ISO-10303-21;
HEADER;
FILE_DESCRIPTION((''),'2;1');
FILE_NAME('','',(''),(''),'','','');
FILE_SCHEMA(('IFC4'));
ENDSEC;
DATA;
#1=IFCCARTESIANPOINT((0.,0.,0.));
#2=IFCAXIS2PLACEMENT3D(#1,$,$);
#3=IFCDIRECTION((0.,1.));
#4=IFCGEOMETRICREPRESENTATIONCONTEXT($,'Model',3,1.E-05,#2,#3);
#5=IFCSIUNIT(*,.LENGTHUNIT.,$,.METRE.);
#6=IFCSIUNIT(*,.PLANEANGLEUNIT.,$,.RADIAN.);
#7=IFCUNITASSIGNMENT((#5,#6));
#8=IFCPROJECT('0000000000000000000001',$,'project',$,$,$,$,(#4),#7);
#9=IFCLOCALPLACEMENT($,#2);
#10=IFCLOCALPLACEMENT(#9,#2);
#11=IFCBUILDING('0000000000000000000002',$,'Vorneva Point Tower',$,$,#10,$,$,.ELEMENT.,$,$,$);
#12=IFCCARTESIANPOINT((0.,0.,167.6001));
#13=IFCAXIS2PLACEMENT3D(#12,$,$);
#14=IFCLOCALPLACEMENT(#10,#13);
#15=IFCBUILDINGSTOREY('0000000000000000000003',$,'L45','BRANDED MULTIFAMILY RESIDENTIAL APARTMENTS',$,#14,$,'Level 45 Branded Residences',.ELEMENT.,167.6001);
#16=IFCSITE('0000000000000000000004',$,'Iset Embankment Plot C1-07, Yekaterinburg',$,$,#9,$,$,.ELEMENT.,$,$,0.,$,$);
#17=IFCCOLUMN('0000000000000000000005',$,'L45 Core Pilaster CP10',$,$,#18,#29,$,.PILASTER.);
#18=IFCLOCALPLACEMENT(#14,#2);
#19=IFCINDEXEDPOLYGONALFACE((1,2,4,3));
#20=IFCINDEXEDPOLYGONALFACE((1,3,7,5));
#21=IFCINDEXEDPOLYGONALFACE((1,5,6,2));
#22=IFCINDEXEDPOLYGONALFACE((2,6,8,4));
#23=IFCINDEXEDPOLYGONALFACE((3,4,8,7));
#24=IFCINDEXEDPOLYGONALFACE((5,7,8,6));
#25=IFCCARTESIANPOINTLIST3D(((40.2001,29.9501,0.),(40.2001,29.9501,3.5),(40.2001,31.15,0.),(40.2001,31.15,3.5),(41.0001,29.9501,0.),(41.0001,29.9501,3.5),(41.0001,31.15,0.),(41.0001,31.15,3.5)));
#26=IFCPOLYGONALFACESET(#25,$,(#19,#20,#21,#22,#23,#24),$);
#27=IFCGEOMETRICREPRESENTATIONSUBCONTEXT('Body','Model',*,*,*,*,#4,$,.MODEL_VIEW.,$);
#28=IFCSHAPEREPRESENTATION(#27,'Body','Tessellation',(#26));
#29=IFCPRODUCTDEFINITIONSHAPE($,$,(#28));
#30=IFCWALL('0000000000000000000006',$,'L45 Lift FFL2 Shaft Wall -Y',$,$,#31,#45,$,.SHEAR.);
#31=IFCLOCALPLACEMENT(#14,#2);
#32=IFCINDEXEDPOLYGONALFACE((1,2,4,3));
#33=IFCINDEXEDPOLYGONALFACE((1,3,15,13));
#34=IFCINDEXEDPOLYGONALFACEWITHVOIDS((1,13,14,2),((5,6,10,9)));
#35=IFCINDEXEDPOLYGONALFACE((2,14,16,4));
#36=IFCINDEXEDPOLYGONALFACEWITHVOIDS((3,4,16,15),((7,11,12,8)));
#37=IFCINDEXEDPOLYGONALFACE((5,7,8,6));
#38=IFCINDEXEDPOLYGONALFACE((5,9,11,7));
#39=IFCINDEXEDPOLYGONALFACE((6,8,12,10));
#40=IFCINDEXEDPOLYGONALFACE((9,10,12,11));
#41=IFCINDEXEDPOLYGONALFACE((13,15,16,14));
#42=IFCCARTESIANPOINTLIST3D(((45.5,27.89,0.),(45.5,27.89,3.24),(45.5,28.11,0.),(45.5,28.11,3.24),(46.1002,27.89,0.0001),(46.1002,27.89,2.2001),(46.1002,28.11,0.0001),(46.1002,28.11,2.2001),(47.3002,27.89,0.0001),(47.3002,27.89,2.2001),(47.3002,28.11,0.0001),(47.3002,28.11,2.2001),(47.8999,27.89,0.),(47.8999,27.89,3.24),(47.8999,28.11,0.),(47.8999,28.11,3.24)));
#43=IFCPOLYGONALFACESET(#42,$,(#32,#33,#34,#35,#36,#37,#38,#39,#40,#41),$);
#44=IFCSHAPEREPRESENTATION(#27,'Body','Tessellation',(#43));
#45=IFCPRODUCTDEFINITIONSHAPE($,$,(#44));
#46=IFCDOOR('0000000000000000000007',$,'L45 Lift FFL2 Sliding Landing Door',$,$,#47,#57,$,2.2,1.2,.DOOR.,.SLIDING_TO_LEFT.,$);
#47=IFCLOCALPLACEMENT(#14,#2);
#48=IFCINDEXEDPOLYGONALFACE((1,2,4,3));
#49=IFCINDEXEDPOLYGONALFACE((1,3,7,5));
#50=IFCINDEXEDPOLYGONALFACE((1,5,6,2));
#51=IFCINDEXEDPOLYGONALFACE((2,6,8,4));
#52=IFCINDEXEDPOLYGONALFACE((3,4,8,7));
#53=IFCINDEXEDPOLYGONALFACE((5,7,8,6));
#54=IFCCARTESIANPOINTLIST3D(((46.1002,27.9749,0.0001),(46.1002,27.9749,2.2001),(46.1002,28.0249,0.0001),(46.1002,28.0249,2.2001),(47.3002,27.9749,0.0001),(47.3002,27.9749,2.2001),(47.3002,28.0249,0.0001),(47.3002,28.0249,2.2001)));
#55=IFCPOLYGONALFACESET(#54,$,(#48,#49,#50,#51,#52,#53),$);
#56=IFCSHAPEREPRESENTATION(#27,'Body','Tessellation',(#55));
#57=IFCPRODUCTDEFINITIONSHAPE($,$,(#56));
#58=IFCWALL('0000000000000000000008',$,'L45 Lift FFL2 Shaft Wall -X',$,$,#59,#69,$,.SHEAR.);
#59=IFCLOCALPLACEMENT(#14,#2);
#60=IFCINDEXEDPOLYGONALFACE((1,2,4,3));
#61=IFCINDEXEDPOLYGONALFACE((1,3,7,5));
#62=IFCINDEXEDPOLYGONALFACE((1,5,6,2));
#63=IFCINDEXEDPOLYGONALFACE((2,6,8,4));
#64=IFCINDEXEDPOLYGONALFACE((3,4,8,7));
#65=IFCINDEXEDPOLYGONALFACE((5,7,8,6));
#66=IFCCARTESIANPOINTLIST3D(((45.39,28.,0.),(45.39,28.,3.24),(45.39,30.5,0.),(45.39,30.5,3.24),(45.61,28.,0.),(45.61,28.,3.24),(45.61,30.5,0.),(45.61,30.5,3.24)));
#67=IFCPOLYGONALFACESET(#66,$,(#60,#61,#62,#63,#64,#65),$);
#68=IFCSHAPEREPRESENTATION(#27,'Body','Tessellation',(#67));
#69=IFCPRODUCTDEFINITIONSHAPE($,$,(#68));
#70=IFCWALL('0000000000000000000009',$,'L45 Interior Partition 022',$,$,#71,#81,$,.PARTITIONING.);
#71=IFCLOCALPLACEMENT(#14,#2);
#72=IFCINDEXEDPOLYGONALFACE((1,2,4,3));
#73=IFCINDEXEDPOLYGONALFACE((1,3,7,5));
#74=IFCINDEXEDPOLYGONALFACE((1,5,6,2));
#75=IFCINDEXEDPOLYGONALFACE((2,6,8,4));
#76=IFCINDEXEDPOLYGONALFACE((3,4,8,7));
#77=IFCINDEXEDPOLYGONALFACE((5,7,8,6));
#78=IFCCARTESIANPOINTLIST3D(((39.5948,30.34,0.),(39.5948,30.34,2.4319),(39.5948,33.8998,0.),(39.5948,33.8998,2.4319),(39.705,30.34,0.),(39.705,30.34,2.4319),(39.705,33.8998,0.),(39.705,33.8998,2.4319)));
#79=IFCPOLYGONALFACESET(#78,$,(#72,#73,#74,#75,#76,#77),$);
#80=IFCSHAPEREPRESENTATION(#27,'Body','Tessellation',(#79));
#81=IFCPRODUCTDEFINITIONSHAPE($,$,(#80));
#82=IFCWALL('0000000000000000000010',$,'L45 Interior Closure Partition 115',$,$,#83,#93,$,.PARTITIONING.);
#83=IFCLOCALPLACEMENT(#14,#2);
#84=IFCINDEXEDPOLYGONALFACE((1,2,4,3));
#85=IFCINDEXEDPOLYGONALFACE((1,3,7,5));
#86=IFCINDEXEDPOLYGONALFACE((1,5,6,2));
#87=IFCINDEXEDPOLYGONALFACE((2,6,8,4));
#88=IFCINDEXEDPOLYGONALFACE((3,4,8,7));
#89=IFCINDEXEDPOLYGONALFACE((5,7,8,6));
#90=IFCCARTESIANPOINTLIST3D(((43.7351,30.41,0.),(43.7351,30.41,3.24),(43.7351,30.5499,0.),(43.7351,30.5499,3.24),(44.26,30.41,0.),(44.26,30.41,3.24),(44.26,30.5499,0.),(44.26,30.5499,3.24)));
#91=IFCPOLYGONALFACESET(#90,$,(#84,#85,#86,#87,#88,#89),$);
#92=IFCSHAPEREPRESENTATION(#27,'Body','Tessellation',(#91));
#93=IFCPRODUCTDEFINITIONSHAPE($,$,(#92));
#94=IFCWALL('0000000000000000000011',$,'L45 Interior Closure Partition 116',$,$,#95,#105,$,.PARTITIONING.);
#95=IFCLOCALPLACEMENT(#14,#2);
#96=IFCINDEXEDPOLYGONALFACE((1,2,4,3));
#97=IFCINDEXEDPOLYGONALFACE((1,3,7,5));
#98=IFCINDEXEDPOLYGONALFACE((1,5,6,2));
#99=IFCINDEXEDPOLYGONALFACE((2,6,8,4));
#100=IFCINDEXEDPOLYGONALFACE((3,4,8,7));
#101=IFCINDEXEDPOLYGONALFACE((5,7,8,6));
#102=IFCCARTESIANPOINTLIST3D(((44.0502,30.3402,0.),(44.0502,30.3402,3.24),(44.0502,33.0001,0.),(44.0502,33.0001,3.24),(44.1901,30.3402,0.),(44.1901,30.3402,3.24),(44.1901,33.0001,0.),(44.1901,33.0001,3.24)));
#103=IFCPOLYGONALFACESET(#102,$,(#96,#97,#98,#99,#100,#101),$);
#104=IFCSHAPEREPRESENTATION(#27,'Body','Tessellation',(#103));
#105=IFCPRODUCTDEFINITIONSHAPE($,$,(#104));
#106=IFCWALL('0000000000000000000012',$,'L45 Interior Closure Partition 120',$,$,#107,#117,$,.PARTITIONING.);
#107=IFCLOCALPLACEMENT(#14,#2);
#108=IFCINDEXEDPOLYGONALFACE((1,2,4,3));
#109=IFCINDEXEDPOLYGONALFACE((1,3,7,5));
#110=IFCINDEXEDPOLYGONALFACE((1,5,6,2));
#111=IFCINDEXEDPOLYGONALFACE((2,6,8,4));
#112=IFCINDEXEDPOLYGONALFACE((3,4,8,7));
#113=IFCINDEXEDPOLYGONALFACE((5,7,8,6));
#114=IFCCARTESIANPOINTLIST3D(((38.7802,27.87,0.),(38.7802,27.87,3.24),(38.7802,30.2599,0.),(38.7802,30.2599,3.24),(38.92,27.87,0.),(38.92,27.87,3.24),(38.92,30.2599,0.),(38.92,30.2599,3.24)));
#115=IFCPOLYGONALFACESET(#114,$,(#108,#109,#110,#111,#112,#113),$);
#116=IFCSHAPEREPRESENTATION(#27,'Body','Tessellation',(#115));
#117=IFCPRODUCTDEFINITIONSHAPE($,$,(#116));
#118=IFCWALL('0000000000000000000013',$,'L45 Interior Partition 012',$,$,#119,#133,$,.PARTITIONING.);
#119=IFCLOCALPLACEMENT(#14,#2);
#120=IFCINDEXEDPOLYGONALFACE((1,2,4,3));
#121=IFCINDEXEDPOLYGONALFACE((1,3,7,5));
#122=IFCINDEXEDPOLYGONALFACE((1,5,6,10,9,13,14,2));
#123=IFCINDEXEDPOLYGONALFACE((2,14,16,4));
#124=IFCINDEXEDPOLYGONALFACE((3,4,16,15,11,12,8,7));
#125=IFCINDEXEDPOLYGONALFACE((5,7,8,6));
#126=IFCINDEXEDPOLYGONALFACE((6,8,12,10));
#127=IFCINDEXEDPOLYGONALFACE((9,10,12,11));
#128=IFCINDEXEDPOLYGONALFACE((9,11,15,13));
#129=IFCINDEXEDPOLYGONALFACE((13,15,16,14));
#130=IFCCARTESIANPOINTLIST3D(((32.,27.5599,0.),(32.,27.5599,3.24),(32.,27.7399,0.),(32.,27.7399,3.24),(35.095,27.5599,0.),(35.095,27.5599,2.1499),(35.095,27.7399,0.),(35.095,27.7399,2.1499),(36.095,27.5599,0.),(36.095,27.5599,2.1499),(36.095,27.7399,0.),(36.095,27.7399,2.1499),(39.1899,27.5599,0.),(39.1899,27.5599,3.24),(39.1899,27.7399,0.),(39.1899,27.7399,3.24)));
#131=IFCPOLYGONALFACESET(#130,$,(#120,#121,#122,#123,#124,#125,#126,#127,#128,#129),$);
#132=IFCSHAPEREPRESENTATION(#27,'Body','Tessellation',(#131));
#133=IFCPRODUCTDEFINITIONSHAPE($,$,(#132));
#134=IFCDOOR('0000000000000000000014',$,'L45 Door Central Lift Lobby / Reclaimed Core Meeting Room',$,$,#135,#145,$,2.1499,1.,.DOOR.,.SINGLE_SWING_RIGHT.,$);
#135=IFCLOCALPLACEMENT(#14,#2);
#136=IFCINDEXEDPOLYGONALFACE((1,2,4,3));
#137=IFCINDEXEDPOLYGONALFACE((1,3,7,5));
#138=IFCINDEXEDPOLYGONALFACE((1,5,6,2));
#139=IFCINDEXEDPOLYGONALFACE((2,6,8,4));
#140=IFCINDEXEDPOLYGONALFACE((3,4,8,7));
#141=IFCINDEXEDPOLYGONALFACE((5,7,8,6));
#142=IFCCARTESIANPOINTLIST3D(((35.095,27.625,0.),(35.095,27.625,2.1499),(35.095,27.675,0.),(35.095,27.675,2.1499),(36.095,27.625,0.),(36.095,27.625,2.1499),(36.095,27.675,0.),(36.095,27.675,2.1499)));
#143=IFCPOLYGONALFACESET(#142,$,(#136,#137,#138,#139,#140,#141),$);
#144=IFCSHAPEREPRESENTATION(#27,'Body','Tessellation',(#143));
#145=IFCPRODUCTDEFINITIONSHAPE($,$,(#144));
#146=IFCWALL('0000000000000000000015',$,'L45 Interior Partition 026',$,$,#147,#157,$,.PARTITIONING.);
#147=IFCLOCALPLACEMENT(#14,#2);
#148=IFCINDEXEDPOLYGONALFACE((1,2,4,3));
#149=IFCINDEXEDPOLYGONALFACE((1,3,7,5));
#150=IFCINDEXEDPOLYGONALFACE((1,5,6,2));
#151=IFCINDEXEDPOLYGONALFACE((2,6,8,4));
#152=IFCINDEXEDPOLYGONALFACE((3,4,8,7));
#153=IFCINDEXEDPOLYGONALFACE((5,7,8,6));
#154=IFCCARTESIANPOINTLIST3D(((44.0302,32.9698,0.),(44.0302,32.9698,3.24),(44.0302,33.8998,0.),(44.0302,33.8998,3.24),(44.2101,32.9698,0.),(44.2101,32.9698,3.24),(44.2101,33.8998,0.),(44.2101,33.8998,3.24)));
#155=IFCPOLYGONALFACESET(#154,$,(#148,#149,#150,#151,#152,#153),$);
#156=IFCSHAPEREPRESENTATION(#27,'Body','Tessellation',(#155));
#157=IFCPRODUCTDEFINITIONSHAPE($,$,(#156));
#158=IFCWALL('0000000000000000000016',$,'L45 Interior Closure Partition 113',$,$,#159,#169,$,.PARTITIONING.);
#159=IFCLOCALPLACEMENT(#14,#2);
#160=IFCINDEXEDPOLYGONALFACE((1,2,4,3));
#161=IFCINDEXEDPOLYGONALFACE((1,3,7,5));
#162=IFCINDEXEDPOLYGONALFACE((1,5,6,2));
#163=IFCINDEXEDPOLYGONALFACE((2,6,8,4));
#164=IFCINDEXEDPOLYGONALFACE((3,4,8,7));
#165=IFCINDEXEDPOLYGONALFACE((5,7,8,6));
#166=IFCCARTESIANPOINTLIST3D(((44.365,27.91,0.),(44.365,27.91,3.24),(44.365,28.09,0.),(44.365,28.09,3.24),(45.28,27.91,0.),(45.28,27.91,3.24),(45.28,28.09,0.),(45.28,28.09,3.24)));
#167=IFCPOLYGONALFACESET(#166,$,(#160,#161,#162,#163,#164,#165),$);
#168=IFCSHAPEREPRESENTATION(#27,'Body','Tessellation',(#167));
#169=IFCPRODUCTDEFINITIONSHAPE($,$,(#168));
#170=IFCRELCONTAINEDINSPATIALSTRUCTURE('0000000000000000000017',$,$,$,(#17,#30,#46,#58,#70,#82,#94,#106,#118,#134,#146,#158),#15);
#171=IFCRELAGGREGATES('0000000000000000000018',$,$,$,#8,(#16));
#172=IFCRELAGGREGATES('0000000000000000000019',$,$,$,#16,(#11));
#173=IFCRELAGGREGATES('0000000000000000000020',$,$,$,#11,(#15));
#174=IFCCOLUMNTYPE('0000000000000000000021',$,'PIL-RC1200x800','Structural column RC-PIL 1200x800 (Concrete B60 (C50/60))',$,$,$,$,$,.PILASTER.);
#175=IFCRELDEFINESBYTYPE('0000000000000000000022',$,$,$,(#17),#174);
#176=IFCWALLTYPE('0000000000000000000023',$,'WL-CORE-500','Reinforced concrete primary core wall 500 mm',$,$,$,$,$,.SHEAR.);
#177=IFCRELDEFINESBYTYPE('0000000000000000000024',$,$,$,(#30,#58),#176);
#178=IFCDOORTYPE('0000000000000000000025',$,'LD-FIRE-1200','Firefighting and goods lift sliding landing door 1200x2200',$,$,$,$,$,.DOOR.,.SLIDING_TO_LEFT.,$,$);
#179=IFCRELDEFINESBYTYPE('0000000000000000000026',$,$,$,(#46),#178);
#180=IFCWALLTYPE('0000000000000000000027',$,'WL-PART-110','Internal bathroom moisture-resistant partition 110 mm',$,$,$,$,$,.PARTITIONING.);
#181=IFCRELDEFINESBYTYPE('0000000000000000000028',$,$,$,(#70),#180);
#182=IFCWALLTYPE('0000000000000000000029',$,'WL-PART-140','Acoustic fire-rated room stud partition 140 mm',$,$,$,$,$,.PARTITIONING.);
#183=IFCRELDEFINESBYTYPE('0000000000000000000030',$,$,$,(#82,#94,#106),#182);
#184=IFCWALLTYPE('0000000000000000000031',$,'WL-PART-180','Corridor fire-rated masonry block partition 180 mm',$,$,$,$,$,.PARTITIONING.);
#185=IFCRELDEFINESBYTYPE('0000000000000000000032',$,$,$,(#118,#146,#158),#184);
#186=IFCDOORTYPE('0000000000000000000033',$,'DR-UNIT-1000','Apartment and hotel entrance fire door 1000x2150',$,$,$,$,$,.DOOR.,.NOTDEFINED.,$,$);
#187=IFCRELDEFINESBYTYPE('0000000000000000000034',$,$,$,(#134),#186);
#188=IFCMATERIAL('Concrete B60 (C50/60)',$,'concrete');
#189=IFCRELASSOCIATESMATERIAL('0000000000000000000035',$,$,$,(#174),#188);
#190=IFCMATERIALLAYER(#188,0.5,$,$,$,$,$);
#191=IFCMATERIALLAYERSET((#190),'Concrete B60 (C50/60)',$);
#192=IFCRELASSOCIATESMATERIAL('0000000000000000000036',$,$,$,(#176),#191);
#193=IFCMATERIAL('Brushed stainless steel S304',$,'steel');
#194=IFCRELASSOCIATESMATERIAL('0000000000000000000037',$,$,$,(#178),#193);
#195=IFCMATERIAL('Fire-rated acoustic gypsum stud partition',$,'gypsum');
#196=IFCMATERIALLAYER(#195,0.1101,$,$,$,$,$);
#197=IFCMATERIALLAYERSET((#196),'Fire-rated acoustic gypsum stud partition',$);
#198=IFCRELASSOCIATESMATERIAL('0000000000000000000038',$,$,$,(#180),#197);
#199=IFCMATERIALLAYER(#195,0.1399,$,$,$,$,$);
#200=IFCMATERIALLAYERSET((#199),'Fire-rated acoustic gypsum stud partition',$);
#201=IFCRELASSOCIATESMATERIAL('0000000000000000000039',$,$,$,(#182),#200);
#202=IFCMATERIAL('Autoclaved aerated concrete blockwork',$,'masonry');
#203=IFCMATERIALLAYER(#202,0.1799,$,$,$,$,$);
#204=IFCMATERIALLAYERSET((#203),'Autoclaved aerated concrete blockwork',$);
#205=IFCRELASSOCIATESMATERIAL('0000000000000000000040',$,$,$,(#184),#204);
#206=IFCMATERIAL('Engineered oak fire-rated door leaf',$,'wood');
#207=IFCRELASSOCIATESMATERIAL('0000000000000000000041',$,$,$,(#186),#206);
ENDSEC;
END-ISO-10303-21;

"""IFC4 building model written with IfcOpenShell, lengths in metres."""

from ifc_helpers import new_model, si_unit, direction, frame, frame_2d, origin, origin_2d, place, context, subcontext, project, spatial, rectangle, extrude, material, layer, layer_set, material_profile, profile_set, type_object, element, fill, save


model = new_model("IFC4")

# Units and contexts
model_context = context("Model", 3, precision=1e-05, world=origin(), true_north=direction((0.0, 1.0)))
body_context = subcontext(model_context, "Body", "Model", "MODEL_VIEW")
ifc_project = project(units=[si_unit("LENGTHUNIT", "METRE"), si_unit("PLANEANGLEUNIT", "RADIAN")], contexts=[model_context])

# Site, building, storey
site_placement = place(None, origin())
site = spatial("IfcSite", under=ifc_project, at=site_placement, Name="Iset Embankment Plot C1-07, Yekaterinburg", CompositionType="ELEMENT", RefElevation=0.0)
building_placement = place(site_placement, origin())
building = spatial("IfcBuilding", under=site, at=building_placement, Name="Vorneva Point Tower", CompositionType="ELEMENT")
storey_placement = place(building_placement, frame((0.0, 0.0, 167.6001)))
storey = spatial("IfcBuildingStorey", under=building, at=storey_placement, Name="L45", Description="BRANDED MULTIFAMILY RESIDENTIAL APARTMENTS", LongName="Level 45 Branded Residences", CompositionType="ELEMENT", Elevation=167.6001)

# Column
ifc_material_1 = material(Name="Concrete B60 (C50/60)", Category="concrete")
ifc_material_profile = material_profile(ifc_material_1, rectangle(XDim=0.8, YDim=1.2, at=origin_2d()), Name="RC-PIL 1200x800")
ifc_profile_set = profile_set([ifc_material_profile], Name="Concrete B60 (C50/60)")
column_type = type_object("IfcColumnType", Name="PIL-RC1200x800", Description="Structural column RC-PIL 1200x800 (Concrete B60 (C50/60))", PredefinedType="PILASTER", material=ifc_profile_set)
column_placement = place(storey_placement, frame((40.6001, 30.55, 0.0), z_axis=(0.0, 0.0, 1.0), x_axis=(1.0, 0.0, 0.0)))
element("IfcColumn", 1, at=column_placement, inside=storey, type_object=column_type, Name="L45 Core Pilaster CP10", PredefinedType="PILASTER", context=body_context, shape_type="SweptSolid", body=[
    extrude(rectangle(XDim=0.8, YDim=1.2, at=origin_2d()), origin(), (0.0, 0.0, 1.0), 3.5),
])

# Wall, opening, door
ifc_layer_1 = layer(ifc_material_1, 0.5)
ifc_layer_set_1 = layer_set([ifc_layer_1], Name="Concrete B60 (C50/60)")
wall_type_1 = type_object("IfcWallType", Name="WL-CORE-500", Description="Reinforced concrete primary core wall 500 mm", PredefinedType="SHEAR", material=ifc_layer_set_1)
wall_1_placement = place(storey_placement, frame((45.5, 28.0, 0.0), z_axis=(0.0, 0.0, 1.0), x_axis=(1.0, 0.0, 0.0)))
wall_1 = element("IfcWall", 2, at=wall_1_placement, inside=storey, type_object=wall_type_1, Name="L45 Lift FFL2 Shaft Wall -Y", PredefinedType="SHEAR", context=body_context, shape_type="SweptSolid", body=[
    extrude(rectangle(XDim=2.3999, YDim=0.22, at=frame_2d((1.2, 0.0))), origin(), (0.0, 0.0, 1.0), 3.24),
])
opening_1_placement = place(wall_1_placement, frame((0.6001, 0.0, 0.0)))
opening_1 = element("IfcOpeningElement", 3, at=opening_1_placement, cuts=wall_1, PredefinedType="OPENING", context=body_context, shape_type="SweptSolid", body=[
    extrude(rectangle(XDim=1.2, YDim=2.2, at=frame_2d((0.6001, 1.1001))), frame((0.0, 0.125, 0.0), z_axis=(0.0, -1.0, 0.0), x_axis=(1.0, 0.0, 0.0)), (0.0, 0.0, 1.0), 0.2498),
])
ifc_material_2 = material(Name="Brushed stainless steel S304", Category="steel")
door_type_1 = type_object("IfcDoorType", Name="LD-FIRE-1200", Description="Firefighting and goods lift sliding landing door 1200x2200", OperationType="SLIDING_TO_LEFT", PredefinedType="DOOR", material=ifc_material_2)
door_1_placement = place(opening_1_placement, origin())
door_1 = element("IfcDoor", 4, at=door_1_placement, inside=storey, type_object=door_type_1, Name="L45 Lift FFL2 Sliding Landing Door", OperationType="SLIDING_TO_LEFT", OverallHeight=2.2, OverallWidth=1.2, PredefinedType="DOOR", context=body_context, shape_type="SweptSolid", body=[
    extrude(rectangle(XDim=1.2, YDim=2.2, at=frame_2d((0.6001, 1.1001))), frame((0.0, 0.0249, 0.0), z_axis=(0.0, -1.0, 0.0), x_axis=(1.0, 0.0, 0.0)), (0.0, 0.0, 1.0), 0.05),
])
fill(opening_1, door_1)

# Walls
wall_2_placement = place(storey_placement, frame((45.5, 30.5, 0.0), z_axis=(0.0, 0.0, 1.0), x_axis=(0.0, -1.0, 0.0)))
element("IfcWall", 5, at=wall_2_placement, inside=storey, type_object=wall_type_1, Name="L45 Lift FFL2 Shaft Wall -X", PredefinedType="SHEAR", context=body_context, shape_type="SweptSolid", body=[
    extrude(rectangle(XDim=2.5, YDim=0.22, at=frame_2d((1.25, 0.0))), origin(), (0.0, 0.0, 1.0), 3.24),
])
ifc_material_3 = material(Name="Fire-rated acoustic gypsum stud partition", Category="gypsum")
ifc_layer_2 = layer(ifc_material_3, 0.1101)
ifc_layer_set_2 = layer_set([ifc_layer_2], Name="Fire-rated acoustic gypsum stud partition")
wall_type_2 = type_object("IfcWallType", Name="WL-PART-110", Description="Internal bathroom moisture-resistant partition 110 mm", PredefinedType="PARTITIONING", material=ifc_layer_set_2)
wall_3_placement = place(storey_placement, frame((39.6499, 30.3401, 0.0), z_axis=(0.0, 0.0, 1.0), x_axis=(0.0, 1.0, 0.0)))
element("IfcWall", 6, at=wall_3_placement, inside=storey, type_object=wall_type_2, Name="L45 Interior Partition 022", PredefinedType="PARTITIONING", context=body_context, shape_type="SweptSolid", body=[
    extrude(rectangle(XDim=3.5598, YDim=0.1101, at=frame_2d((1.7798, 0.0))), origin(), (0.0, 0.0, 1.0), 2.4319),
])
ifc_layer_3 = layer(ifc_material_3, 0.1399)
ifc_layer_set_3 = layer_set([ifc_layer_3], Name="Fire-rated acoustic gypsum stud partition")
wall_type_3 = type_object("IfcWallType", Name="WL-PART-140", Description="Acoustic fire-rated room stud partition 140 mm", PredefinedType="PARTITIONING", material=ifc_layer_set_3)
wall_4_placement = place(storey_placement, frame((43.7351, 30.48, 0.0), z_axis=(0.0, 0.0, 1.0), x_axis=(1.0, 0.0, 0.0)))
element("IfcWall", 7, at=wall_4_placement, inside=storey, type_object=wall_type_3, Name="L45 Interior Closure Partition 115", PredefinedType="PARTITIONING", context=body_context, shape_type="SweptSolid", body=[
    extrude(rectangle(XDim=0.5249, YDim=0.1399, at=frame_2d((0.2625, 0.0))), origin(), (0.0, 0.0, 1.0), 3.24),
])
wall_5_placement = place(storey_placement, frame((44.1201, 30.3401, 0.0), z_axis=(0.0, 0.0, 1.0), x_axis=(0.0, 1.0, 0.0)))
element("IfcWall", 8, at=wall_5_placement, inside=storey, type_object=wall_type_3, Name="L45 Interior Closure Partition 116", PredefinedType="PARTITIONING", context=body_context, shape_type="SweptSolid", body=[
    extrude(rectangle(XDim=2.6599, YDim=0.1399, at=frame_2d((1.3301, 0.0))), origin(), (0.0, 0.0, 1.0), 3.24),
])
wall_6_placement = place(storey_placement, frame((38.8501, 27.8701, 0.0), z_axis=(0.0, 0.0, 1.0), x_axis=(0.0, 1.0, 0.0)))
element("IfcWall", 9, at=wall_6_placement, inside=storey, type_object=wall_type_3, Name="L45 Interior Closure Partition 120", PredefinedType="PARTITIONING", context=body_context, shape_type="SweptSolid", body=[
    extrude(rectangle(XDim=2.3899, YDim=0.1399, at=frame_2d((1.1948, 0.0))), origin(), (0.0, 0.0, 1.0), 3.24),
])

# Wall, opening, door
ifc_material_4 = material(Name="Autoclaved aerated concrete blockwork", Category="masonry")
ifc_layer_4 = layer(ifc_material_4, 0.1799)
ifc_layer_set_4 = layer_set([ifc_layer_4], Name="Autoclaved aerated concrete blockwork")
wall_type_4 = type_object("IfcWallType", Name="WL-PART-180", Description="Corridor fire-rated masonry block partition 180 mm", PredefinedType="PARTITIONING", material=ifc_layer_set_4)
wall_7_placement = place(storey_placement, frame((39.1899, 27.6499, 0.0), z_axis=(0.0, 0.0, 1.0), x_axis=(-1.0, 0.0, 0.0)))
wall_7 = element("IfcWall", 10, at=wall_7_placement, inside=storey, type_object=wall_type_4, Name="L45 Interior Partition 012", PredefinedType="PARTITIONING", context=body_context, shape_type="SweptSolid", body=[
    extrude(rectangle(XDim=7.1899, YDim=0.1799, at=frame_2d((3.595, 0.0))), origin(), (0.0, 0.0, 1.0), 3.24),
])
opening_2_placement = place(wall_7_placement, frame((3.095, 0.0, 0.0)))
opening_2 = element("IfcOpeningElement", 11, at=opening_2_placement, cuts=wall_7, PredefinedType="OPENING", context=body_context, shape_type="SweptSolid", body=[
    extrude(rectangle(XDim=1.0, YDim=2.1499, at=frame_2d((0.5, 1.075))), frame((0.0, 0.105, 0.0), z_axis=(0.0, -1.0, 0.0), x_axis=(1.0, 0.0, 0.0)), (0.0, 0.0, 1.0), 0.2097),
])
ifc_material_5 = material(Name="Engineered oak fire-rated door leaf", Category="wood")
door_type_2 = type_object("IfcDoorType", Name="DR-UNIT-1000", Description="Apartment and hotel entrance fire door 1000x2150", OperationType="NOTDEFINED", PredefinedType="DOOR", material=ifc_material_5)
door_2_placement = place(opening_2_placement, origin())
door_2 = element("IfcDoor", 12, at=door_2_placement, inside=storey, type_object=door_type_2, Name="L45 Door Central Lift Lobby / Reclaimed Core Meeting Room", OperationType="SINGLE_SWING_RIGHT", OverallHeight=2.1499, OverallWidth=1.0, PredefinedType="DOOR", context=body_context, shape_type="SweptSolid", body=[
    extrude(rectangle(XDim=1.0, YDim=2.1499, at=frame_2d((0.5, 1.075))), frame((0.0, 0.0249, 0.0), z_axis=(0.0, -1.0, 0.0), x_axis=(1.0, 0.0, 0.0)), (0.0, 0.0, 1.0), 0.05),
])
fill(opening_2, door_2)

# Walls
wall_8_placement = place(storey_placement, frame((44.1201, 32.97, 0.0), z_axis=(0.0, 0.0, 1.0), x_axis=(0.0, 1.0, 0.0)))
element("IfcWall", 13, at=wall_8_placement, inside=storey, type_object=wall_type_4, Name="L45 Interior Partition 026", PredefinedType="PARTITIONING", context=body_context, shape_type="SweptSolid", body=[
    extrude(rectangle(XDim=0.9299, YDim=0.1799, at=frame_2d((0.4648, 0.0))), origin(), (0.0, 0.0, 1.0), 3.24),
])
wall_9_placement = place(storey_placement, frame((45.28, 28.0, 0.0), z_axis=(0.0, 0.0, 1.0), x_axis=(-1.0, 0.0, 0.0)))
element("IfcWall", 14, at=wall_9_placement, inside=storey, type_object=wall_type_4, Name="L45 Interior Closure Partition 113", PredefinedType="PARTITIONING", context=body_context, shape_type="SweptSolid", body=[
    extrude(rectangle(XDim=0.915, YDim=0.1799, at=frame_2d((0.4575, 0.0))), origin(), (0.0, 0.0, 1.0), 3.24),
])

save(model, "model.ifc")
